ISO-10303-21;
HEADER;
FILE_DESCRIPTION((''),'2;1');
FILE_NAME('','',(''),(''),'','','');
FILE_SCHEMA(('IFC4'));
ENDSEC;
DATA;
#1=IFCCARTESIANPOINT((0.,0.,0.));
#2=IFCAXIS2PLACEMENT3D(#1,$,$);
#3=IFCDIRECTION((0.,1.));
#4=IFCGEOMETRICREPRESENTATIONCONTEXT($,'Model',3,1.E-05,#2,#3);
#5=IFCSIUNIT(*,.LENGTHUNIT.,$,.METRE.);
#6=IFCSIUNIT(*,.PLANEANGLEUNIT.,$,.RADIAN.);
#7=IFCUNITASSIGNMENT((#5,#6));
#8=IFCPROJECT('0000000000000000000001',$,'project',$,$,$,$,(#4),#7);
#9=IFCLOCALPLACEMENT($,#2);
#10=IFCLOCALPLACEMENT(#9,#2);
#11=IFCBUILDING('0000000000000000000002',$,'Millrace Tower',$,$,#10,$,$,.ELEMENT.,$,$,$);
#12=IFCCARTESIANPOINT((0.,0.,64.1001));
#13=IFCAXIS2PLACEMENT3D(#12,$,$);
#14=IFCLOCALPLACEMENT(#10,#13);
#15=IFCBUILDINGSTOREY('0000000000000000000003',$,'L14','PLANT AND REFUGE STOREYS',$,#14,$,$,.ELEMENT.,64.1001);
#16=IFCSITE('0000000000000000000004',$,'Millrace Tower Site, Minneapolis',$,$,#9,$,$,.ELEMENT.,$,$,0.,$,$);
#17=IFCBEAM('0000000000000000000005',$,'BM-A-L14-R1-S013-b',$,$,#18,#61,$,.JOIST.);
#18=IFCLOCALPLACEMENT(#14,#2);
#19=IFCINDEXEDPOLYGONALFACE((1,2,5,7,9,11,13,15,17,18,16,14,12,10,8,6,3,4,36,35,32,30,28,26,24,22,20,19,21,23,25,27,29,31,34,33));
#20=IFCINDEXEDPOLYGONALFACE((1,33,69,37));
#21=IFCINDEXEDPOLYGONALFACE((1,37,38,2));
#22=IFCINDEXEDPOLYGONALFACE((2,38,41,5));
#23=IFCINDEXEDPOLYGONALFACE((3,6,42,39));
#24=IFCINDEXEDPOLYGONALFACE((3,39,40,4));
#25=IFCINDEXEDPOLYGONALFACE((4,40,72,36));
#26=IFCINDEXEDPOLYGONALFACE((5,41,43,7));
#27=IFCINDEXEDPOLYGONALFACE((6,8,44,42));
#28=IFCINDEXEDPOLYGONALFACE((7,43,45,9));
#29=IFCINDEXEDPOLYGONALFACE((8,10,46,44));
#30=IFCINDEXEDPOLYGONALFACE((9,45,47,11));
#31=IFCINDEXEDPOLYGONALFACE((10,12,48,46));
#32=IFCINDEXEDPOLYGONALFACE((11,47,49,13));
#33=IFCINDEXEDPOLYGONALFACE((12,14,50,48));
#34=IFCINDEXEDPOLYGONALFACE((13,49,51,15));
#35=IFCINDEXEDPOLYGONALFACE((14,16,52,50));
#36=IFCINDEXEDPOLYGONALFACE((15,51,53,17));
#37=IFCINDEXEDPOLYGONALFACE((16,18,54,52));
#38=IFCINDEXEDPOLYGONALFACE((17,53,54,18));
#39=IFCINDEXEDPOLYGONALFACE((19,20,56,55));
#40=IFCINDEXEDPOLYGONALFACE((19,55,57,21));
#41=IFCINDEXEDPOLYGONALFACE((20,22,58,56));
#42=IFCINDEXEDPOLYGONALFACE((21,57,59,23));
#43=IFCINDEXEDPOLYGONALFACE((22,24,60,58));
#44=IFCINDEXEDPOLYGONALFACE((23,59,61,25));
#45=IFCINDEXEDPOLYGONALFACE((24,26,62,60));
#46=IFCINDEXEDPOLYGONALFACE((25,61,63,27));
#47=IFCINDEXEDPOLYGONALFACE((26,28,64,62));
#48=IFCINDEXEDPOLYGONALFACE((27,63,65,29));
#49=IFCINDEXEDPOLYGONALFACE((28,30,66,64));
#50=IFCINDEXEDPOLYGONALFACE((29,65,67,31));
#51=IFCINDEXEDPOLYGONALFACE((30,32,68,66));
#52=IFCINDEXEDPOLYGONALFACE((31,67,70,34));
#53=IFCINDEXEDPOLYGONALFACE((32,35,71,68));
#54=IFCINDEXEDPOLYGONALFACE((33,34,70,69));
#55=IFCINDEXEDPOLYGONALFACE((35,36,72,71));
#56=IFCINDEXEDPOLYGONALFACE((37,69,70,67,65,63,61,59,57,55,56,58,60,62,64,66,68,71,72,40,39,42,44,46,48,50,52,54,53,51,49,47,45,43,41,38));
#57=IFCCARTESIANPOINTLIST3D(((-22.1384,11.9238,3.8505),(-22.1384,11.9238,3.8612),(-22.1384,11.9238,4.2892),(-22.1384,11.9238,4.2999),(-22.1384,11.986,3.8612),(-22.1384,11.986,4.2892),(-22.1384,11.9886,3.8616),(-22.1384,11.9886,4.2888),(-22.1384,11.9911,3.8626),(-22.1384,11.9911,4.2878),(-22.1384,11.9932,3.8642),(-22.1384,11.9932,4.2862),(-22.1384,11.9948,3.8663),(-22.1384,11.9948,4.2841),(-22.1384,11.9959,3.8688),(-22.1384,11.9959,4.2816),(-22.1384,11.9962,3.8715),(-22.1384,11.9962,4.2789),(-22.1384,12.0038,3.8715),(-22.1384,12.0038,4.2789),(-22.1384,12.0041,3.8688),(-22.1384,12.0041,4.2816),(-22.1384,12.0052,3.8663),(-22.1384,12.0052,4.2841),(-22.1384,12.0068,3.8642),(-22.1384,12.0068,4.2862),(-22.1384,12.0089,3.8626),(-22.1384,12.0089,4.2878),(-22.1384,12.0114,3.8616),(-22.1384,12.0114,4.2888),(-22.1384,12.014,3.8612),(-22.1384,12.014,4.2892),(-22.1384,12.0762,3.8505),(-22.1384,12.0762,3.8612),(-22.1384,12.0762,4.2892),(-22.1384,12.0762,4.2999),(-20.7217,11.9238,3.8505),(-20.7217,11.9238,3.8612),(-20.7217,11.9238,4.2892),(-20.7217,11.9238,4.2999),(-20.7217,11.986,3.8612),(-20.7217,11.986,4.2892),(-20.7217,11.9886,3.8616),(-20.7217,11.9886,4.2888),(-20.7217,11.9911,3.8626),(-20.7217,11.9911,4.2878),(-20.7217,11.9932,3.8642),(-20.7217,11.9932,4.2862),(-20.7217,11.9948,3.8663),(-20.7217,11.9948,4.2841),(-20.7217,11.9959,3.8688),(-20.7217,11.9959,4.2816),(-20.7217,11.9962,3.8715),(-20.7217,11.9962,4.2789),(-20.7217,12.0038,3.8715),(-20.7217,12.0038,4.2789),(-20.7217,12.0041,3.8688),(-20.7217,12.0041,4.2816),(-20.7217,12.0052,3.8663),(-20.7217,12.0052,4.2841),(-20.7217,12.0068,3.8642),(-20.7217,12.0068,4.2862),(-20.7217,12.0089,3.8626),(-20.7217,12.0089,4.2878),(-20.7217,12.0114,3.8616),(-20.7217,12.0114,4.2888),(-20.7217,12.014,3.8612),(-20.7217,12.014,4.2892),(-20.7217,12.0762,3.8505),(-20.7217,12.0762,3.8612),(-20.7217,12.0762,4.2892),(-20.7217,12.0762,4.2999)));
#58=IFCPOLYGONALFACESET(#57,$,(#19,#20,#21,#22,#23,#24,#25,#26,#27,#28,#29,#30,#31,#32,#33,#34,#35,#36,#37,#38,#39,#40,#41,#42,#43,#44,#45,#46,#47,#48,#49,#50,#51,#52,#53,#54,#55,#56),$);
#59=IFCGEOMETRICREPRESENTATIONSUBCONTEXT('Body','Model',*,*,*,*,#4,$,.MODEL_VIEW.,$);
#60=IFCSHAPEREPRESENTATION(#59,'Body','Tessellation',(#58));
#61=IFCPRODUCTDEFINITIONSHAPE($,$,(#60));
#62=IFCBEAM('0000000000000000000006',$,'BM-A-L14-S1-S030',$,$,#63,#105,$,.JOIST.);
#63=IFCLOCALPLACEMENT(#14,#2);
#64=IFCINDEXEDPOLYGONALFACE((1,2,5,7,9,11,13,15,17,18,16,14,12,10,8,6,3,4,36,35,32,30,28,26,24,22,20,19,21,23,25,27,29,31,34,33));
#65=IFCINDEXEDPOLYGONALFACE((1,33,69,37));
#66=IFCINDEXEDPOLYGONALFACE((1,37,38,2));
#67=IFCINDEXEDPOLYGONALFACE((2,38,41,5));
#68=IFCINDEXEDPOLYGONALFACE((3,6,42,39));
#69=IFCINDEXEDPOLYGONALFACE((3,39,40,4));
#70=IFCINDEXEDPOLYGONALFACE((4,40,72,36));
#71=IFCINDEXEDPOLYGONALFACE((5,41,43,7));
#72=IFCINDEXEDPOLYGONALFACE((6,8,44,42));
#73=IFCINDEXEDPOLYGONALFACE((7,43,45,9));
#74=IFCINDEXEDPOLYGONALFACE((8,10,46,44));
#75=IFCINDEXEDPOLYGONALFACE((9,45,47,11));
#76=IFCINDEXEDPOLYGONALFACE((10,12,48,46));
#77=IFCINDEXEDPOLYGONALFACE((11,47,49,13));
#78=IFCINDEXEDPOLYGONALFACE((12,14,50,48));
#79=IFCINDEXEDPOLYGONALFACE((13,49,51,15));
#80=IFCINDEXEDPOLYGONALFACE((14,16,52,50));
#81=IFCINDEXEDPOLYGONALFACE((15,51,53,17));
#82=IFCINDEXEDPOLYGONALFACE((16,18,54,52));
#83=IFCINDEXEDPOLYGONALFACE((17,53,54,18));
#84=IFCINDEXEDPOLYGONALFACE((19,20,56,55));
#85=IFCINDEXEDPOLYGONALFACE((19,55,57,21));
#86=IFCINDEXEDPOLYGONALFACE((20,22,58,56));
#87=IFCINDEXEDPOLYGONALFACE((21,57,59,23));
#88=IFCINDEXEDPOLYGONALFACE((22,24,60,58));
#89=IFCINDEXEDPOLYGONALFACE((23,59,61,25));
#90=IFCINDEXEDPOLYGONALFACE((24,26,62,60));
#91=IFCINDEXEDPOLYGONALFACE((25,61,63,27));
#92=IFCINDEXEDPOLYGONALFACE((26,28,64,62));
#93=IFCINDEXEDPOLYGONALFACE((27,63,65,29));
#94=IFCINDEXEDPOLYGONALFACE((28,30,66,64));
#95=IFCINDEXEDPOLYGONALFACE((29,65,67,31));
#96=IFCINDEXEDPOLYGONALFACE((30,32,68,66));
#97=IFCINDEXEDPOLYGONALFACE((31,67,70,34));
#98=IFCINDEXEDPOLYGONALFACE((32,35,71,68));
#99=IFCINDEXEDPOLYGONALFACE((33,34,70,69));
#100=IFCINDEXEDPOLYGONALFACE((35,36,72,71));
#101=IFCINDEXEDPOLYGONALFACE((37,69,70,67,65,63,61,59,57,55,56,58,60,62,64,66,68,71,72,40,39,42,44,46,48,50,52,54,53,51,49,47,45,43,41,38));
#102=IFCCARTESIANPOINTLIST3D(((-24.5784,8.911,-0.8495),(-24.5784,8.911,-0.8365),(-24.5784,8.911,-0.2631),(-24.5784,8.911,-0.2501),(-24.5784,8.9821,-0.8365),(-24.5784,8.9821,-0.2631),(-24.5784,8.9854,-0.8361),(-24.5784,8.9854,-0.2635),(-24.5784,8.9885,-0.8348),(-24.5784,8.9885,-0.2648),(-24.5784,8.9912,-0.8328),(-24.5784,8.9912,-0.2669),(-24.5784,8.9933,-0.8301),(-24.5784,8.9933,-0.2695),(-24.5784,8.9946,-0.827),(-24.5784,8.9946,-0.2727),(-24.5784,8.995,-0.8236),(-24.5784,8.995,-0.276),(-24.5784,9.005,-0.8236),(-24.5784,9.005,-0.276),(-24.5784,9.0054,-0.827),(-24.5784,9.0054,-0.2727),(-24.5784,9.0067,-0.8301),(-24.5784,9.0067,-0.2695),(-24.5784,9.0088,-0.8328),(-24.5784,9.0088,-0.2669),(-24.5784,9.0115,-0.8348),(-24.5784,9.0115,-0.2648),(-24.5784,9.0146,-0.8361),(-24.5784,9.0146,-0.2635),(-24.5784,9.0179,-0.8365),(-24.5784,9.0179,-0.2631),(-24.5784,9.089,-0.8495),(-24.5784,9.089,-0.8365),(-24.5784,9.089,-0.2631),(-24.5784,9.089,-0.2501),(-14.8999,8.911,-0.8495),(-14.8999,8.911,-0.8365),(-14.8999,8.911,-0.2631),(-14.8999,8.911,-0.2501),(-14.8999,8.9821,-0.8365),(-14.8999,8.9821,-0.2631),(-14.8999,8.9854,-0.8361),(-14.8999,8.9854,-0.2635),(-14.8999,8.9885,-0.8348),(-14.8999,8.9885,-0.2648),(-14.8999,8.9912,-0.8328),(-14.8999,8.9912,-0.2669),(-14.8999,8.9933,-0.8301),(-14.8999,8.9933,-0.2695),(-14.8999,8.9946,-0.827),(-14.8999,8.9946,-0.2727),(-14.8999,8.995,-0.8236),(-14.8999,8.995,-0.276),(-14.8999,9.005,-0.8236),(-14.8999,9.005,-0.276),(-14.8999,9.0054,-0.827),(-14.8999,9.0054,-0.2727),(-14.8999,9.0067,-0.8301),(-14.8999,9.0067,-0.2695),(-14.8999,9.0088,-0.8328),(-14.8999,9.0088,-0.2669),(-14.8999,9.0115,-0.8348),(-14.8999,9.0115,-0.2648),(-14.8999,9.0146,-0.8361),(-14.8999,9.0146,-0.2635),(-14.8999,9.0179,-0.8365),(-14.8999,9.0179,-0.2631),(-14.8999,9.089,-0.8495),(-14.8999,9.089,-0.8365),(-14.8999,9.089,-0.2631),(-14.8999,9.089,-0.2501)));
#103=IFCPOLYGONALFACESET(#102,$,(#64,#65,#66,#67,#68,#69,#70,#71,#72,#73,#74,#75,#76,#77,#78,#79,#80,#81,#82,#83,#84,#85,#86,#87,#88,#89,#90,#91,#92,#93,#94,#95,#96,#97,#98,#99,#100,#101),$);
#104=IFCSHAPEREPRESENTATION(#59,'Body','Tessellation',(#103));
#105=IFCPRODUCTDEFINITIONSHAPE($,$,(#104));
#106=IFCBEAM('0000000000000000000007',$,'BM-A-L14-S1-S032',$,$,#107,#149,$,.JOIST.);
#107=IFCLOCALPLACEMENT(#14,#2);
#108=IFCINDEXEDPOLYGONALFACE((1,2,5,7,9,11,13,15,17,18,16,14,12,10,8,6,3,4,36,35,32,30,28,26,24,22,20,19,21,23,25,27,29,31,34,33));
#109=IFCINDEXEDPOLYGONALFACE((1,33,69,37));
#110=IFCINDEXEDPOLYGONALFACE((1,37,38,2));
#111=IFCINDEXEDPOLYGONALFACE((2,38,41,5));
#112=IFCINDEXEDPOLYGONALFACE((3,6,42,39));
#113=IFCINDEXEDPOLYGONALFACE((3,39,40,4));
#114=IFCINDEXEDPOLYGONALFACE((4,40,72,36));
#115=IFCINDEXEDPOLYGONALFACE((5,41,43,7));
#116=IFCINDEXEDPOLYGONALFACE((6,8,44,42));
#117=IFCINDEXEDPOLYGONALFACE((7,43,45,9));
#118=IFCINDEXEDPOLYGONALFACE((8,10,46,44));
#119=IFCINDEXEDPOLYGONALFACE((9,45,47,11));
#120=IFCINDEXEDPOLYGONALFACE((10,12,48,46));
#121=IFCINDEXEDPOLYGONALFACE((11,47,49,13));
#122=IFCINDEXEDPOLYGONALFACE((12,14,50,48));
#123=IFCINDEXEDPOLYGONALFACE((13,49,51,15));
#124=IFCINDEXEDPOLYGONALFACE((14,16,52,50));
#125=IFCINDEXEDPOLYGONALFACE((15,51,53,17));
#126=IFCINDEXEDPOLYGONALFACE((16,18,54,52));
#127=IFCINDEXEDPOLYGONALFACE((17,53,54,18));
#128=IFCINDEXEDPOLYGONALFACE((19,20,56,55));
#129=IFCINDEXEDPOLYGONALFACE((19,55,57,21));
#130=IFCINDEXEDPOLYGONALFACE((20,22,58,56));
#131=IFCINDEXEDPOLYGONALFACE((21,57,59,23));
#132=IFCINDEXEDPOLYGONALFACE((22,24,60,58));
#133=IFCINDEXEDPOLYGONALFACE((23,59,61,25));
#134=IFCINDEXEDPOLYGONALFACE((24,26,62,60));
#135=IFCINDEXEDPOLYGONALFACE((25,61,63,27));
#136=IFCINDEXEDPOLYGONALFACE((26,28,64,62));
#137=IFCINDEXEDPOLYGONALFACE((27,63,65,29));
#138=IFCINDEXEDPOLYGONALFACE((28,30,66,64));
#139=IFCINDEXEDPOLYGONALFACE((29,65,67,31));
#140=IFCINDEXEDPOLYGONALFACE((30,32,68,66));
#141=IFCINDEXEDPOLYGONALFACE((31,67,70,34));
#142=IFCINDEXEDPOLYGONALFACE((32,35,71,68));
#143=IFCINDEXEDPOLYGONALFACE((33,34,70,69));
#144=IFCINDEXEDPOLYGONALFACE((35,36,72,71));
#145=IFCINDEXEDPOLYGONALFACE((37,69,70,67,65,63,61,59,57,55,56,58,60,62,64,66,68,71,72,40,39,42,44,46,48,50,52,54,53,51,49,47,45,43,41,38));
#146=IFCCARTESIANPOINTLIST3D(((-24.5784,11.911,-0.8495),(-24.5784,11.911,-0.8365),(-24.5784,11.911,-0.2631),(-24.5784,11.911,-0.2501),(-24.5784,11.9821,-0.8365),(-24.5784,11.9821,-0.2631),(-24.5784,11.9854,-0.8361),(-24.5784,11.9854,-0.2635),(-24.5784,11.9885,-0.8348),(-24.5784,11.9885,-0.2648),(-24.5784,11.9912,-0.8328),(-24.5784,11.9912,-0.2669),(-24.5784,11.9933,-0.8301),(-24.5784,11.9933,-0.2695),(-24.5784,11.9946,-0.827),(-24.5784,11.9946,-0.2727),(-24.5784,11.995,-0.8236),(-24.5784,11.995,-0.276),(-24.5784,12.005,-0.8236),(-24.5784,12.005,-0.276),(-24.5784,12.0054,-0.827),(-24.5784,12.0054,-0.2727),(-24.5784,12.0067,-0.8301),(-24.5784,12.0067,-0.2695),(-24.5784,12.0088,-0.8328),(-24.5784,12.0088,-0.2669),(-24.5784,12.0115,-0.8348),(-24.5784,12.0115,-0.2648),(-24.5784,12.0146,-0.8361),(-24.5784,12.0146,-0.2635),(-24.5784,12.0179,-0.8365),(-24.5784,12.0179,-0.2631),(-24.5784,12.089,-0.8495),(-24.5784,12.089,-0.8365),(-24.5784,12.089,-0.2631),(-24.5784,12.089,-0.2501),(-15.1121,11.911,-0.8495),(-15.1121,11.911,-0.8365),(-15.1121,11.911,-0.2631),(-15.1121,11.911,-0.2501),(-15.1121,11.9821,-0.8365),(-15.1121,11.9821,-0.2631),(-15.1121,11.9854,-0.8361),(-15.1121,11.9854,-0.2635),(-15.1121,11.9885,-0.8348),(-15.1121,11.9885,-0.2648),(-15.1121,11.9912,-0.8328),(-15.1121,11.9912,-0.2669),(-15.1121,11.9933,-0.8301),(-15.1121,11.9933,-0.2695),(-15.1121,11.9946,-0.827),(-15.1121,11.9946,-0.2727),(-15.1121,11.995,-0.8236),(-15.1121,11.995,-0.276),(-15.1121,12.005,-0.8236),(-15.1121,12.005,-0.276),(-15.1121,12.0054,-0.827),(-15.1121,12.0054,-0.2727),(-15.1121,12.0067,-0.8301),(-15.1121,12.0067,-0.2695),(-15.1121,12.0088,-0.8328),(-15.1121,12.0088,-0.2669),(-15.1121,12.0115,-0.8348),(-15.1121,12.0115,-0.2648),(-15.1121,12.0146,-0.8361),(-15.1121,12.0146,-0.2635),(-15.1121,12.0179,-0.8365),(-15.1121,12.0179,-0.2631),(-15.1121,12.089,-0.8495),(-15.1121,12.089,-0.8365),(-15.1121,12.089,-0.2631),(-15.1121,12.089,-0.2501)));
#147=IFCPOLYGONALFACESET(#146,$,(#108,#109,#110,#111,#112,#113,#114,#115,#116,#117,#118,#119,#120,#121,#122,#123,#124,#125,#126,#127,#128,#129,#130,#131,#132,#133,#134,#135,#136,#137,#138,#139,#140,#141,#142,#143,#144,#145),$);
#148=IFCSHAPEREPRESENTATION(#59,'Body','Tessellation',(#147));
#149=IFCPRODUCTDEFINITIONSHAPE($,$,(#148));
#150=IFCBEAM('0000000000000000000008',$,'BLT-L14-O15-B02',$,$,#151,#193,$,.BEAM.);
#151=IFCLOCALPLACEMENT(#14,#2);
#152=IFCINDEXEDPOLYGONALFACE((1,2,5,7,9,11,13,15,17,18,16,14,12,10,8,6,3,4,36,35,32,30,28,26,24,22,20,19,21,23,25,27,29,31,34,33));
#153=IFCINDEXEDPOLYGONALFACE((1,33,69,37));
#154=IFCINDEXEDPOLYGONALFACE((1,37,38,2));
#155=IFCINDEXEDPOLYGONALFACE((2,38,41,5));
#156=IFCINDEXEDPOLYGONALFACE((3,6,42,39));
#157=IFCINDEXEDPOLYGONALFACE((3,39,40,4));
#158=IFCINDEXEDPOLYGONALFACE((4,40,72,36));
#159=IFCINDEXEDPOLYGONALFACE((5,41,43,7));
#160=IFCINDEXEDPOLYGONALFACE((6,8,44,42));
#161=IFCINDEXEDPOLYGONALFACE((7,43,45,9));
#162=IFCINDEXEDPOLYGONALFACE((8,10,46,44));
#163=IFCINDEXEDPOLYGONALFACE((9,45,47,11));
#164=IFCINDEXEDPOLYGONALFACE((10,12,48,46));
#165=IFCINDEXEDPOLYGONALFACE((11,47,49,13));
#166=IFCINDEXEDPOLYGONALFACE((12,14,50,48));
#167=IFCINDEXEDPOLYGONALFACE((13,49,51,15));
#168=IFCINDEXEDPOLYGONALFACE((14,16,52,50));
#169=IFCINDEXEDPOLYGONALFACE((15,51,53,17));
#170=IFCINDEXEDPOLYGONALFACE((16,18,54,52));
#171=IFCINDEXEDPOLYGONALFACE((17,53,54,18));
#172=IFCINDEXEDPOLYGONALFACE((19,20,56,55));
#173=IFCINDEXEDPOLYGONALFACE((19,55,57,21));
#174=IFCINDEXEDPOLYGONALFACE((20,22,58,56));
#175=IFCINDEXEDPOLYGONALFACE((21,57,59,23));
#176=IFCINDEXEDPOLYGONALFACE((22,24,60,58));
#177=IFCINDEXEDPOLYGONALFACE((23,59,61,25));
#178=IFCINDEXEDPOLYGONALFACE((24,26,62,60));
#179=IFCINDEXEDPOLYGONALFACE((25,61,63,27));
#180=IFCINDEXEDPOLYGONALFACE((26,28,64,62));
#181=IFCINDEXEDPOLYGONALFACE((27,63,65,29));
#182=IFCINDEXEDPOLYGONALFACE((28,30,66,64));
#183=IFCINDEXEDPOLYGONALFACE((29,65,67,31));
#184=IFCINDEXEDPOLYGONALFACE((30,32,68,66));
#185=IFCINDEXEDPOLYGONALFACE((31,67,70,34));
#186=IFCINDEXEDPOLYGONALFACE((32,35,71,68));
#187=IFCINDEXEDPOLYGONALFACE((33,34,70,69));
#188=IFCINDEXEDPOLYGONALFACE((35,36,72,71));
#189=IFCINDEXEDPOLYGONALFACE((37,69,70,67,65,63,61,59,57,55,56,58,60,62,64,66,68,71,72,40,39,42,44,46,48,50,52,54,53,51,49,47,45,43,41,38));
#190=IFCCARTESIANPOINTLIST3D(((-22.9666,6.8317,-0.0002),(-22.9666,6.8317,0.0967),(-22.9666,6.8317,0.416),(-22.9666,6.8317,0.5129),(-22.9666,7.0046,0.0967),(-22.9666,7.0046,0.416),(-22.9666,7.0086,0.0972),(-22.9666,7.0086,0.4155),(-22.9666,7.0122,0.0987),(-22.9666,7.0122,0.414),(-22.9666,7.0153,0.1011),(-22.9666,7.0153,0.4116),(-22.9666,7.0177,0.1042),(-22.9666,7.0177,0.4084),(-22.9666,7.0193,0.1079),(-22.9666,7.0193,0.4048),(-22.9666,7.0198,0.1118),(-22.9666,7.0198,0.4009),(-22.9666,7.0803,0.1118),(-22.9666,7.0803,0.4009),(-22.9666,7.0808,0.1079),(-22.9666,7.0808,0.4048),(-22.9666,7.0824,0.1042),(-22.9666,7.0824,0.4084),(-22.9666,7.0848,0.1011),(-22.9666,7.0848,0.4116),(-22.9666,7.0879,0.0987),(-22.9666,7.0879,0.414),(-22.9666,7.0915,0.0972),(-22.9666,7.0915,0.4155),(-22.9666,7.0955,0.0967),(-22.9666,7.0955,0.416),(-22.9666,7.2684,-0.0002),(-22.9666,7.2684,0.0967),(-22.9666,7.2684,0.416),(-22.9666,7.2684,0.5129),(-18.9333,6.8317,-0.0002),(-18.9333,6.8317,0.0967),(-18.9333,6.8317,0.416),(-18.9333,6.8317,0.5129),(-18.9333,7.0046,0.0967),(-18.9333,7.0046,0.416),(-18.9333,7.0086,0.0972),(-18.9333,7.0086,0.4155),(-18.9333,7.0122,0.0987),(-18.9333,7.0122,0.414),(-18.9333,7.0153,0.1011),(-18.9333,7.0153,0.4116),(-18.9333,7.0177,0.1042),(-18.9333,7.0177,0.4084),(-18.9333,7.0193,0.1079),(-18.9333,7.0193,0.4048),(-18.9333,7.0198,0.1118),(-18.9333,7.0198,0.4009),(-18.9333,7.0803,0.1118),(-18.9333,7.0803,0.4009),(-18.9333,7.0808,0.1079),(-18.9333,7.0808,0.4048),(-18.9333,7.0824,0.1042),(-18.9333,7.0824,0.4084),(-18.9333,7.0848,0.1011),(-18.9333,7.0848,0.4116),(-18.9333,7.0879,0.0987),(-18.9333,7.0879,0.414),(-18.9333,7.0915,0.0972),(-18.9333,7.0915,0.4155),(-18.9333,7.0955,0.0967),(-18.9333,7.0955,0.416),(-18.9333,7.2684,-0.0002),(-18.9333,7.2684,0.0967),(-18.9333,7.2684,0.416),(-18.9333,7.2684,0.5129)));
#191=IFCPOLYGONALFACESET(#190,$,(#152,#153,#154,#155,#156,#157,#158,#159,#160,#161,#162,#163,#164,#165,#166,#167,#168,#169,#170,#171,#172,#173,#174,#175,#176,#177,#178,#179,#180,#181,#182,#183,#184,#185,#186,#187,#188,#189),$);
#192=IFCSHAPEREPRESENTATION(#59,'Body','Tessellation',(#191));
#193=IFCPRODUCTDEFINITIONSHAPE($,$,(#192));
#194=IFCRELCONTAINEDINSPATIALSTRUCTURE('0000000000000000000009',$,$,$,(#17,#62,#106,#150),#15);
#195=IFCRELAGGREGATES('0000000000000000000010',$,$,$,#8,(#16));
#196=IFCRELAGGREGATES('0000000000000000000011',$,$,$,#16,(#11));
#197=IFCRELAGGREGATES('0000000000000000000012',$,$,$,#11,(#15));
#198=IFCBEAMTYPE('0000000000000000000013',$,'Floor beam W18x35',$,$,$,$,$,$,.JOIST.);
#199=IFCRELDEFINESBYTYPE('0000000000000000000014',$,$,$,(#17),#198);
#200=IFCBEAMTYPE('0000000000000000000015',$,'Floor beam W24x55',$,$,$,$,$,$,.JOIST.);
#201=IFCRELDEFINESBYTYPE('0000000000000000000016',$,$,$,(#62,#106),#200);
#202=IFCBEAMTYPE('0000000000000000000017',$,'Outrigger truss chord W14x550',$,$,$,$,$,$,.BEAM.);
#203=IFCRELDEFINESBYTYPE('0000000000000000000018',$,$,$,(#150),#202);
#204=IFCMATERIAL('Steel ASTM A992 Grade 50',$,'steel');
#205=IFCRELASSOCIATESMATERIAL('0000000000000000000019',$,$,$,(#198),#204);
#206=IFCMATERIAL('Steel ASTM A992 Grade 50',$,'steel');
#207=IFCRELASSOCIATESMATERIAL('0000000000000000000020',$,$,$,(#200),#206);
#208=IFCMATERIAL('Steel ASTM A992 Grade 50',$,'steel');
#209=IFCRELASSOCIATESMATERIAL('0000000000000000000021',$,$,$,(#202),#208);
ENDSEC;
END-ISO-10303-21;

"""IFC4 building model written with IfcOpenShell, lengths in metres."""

from ifc_helpers import new_model, si_unit, direction, frame, origin, origin_2d, place, context, subcontext, project, spatial, i_section, extrude, material, material_profile, profile_set, type_object, element, save


model = new_model("IFC4")

# Units and contexts
model_context = context("Model", 3, precision=1e-05, world=origin(), true_north=direction((0.0, 1.0)))
body_context = subcontext(model_context, "Body", "Model", "MODEL_VIEW")
ifc_project = project(units=[si_unit("LENGTHUNIT", "METRE"), si_unit("PLANEANGLEUNIT", "RADIAN")], contexts=[model_context])

# Site, building, storey
site_placement = place(None, origin())
site = spatial("IfcSite", under=ifc_project, at=site_placement, Name="Millrace Tower Site, Minneapolis", CompositionType="ELEMENT", RefElevation=0.0)
building_placement = place(site_placement, origin())
building = spatial("IfcBuilding", under=site, at=building_placement, Name="Millrace Tower", CompositionType="ELEMENT")
storey_placement = place(building_placement, frame((0.0, 0.0, 64.1001)))
storey = spatial("IfcBuildingStorey", under=building, at=storey_placement, Name="L14", Description="PLANT AND REFUGE STOREYS", CompositionType="ELEMENT", Elevation=64.1001)

# Beams
ifc_material_1 = material(Name="Steel ASTM A992 Grade 50", Category="steel")
ifc_material_profile_1 = material_profile(ifc_material_1, i_section(OverallWidth=0.1523, OverallDepth=0.4495, WebThickness=0.0076, FlangeThickness=0.0107, FilletRadius=0.0103, at=origin_2d()))
ifc_profile_set_1 = profile_set([ifc_material_profile_1], Name="Steel ASTM A992 Grade 50")
beam_type_1 = type_object("IfcBeamType", Name="Floor beam W18x35", PredefinedType="JOIST", material=ifc_profile_set_1)
beam_1_placement = place(storey_placement, frame((-22.1384, 12.0, 4.0752), z_axis=(1.0, 0.0, 0.0), x_axis=(0.0, 1.0, 0.0)))
element("IfcBeam", 1, at=beam_1_placement, inside=storey, type_object=beam_type_1, Name="BM-A-L14-R1-S013-b", PredefinedType="JOIST", context=body_context, shape_type="SweptSolid", body=[
    extrude(i_section(OverallWidth=0.1523, OverallDepth=0.4495, WebThickness=0.0076, FlangeThickness=0.0107, FilletRadius=0.0103, at=origin_2d()), origin(), (0.0, 0.0, 1.0), 1.4167),
])
ifc_material_2 = material(Name="Steel ASTM A992 Grade 50", Category="steel")
ifc_material_profile_2 = material_profile(ifc_material_2, i_section(OverallWidth=0.178, OverallDepth=0.5994, WebThickness=0.01, FlangeThickness=0.0129, FilletRadius=0.0129, at=origin_2d()))
ifc_profile_set_2 = profile_set([ifc_material_profile_2], Name="Steel ASTM A992 Grade 50")
beam_type_2 = type_object("IfcBeamType", Name="Floor beam W24x55", PredefinedType="JOIST", material=ifc_profile_set_2)
beam_2_placement = place(storey_placement, frame((-24.5784, 9.0, -0.5498), z_axis=(1.0, 0.0, 0.0), x_axis=(0.0, 1.0, 0.0)))
element("IfcBeam", 2, at=beam_2_placement, inside=storey, type_object=beam_type_2, Name="BM-A-L14-S1-S030", PredefinedType="JOIST", context=body_context, shape_type="SweptSolid", body=[
    extrude(i_section(OverallWidth=0.178, OverallDepth=0.5994, WebThickness=0.01, FlangeThickness=0.0129, FilletRadius=0.0129, at=origin_2d()), origin(), (0.0, 0.0, 1.0), 9.6785),
])
beam_3_placement = place(storey_placement, frame((-24.5784, 12.0, -0.5498), z_axis=(1.0, 0.0, 0.0), x_axis=(0.0, 1.0, 0.0)))
element("IfcBeam", 3, at=beam_3_placement, inside=storey, type_object=beam_type_2, Name="BM-A-L14-S1-S032", PredefinedType="JOIST", context=body_context, shape_type="SweptSolid", body=[
    extrude(i_section(OverallWidth=0.178, OverallDepth=0.5994, WebThickness=0.01, FlangeThickness=0.0129, FilletRadius=0.0129, at=origin_2d()), origin(), (0.0, 0.0, 1.0), 9.4663),
])
ifc_material_3 = material(Name="Steel ASTM A992 Grade 50", Category="steel")
ifc_material_profile_3 = material_profile(ifc_material_3, i_section(OverallWidth=0.4368, OverallDepth=0.5132, WebThickness=0.0605, FlangeThickness=0.0969, FilletRadius=0.0151, at=origin_2d()))
ifc_profile_set_3 = profile_set([ifc_material_profile_3], Name="Steel ASTM A992 Grade 50")
beam_type_3 = type_object("IfcBeamType", Name="Outrigger truss chord W14x550", PredefinedType="BEAM", material=ifc_profile_set_3)
beam_4_placement = place(storey_placement, frame((-18.9333, 7.05, 0.2563), z_axis=(-1.0, 0.0, 0.0), x_axis=(0.0, -1.0, 0.0)))
element("IfcBeam", 4, at=beam_4_placement, inside=storey, type_object=beam_type_3, Name="BLT-L14-O15-B02", PredefinedType="BEAM", context=body_context, shape_type="SweptSolid", body=[
    extrude(i_section(OverallWidth=0.4368, OverallDepth=0.5132, WebThickness=0.0605, FlangeThickness=0.0969, FilletRadius=0.0151, at=origin_2d()), origin(), (0.0, 0.0, 1.0), 4.0332),
])

save(model, "model.ifc")
